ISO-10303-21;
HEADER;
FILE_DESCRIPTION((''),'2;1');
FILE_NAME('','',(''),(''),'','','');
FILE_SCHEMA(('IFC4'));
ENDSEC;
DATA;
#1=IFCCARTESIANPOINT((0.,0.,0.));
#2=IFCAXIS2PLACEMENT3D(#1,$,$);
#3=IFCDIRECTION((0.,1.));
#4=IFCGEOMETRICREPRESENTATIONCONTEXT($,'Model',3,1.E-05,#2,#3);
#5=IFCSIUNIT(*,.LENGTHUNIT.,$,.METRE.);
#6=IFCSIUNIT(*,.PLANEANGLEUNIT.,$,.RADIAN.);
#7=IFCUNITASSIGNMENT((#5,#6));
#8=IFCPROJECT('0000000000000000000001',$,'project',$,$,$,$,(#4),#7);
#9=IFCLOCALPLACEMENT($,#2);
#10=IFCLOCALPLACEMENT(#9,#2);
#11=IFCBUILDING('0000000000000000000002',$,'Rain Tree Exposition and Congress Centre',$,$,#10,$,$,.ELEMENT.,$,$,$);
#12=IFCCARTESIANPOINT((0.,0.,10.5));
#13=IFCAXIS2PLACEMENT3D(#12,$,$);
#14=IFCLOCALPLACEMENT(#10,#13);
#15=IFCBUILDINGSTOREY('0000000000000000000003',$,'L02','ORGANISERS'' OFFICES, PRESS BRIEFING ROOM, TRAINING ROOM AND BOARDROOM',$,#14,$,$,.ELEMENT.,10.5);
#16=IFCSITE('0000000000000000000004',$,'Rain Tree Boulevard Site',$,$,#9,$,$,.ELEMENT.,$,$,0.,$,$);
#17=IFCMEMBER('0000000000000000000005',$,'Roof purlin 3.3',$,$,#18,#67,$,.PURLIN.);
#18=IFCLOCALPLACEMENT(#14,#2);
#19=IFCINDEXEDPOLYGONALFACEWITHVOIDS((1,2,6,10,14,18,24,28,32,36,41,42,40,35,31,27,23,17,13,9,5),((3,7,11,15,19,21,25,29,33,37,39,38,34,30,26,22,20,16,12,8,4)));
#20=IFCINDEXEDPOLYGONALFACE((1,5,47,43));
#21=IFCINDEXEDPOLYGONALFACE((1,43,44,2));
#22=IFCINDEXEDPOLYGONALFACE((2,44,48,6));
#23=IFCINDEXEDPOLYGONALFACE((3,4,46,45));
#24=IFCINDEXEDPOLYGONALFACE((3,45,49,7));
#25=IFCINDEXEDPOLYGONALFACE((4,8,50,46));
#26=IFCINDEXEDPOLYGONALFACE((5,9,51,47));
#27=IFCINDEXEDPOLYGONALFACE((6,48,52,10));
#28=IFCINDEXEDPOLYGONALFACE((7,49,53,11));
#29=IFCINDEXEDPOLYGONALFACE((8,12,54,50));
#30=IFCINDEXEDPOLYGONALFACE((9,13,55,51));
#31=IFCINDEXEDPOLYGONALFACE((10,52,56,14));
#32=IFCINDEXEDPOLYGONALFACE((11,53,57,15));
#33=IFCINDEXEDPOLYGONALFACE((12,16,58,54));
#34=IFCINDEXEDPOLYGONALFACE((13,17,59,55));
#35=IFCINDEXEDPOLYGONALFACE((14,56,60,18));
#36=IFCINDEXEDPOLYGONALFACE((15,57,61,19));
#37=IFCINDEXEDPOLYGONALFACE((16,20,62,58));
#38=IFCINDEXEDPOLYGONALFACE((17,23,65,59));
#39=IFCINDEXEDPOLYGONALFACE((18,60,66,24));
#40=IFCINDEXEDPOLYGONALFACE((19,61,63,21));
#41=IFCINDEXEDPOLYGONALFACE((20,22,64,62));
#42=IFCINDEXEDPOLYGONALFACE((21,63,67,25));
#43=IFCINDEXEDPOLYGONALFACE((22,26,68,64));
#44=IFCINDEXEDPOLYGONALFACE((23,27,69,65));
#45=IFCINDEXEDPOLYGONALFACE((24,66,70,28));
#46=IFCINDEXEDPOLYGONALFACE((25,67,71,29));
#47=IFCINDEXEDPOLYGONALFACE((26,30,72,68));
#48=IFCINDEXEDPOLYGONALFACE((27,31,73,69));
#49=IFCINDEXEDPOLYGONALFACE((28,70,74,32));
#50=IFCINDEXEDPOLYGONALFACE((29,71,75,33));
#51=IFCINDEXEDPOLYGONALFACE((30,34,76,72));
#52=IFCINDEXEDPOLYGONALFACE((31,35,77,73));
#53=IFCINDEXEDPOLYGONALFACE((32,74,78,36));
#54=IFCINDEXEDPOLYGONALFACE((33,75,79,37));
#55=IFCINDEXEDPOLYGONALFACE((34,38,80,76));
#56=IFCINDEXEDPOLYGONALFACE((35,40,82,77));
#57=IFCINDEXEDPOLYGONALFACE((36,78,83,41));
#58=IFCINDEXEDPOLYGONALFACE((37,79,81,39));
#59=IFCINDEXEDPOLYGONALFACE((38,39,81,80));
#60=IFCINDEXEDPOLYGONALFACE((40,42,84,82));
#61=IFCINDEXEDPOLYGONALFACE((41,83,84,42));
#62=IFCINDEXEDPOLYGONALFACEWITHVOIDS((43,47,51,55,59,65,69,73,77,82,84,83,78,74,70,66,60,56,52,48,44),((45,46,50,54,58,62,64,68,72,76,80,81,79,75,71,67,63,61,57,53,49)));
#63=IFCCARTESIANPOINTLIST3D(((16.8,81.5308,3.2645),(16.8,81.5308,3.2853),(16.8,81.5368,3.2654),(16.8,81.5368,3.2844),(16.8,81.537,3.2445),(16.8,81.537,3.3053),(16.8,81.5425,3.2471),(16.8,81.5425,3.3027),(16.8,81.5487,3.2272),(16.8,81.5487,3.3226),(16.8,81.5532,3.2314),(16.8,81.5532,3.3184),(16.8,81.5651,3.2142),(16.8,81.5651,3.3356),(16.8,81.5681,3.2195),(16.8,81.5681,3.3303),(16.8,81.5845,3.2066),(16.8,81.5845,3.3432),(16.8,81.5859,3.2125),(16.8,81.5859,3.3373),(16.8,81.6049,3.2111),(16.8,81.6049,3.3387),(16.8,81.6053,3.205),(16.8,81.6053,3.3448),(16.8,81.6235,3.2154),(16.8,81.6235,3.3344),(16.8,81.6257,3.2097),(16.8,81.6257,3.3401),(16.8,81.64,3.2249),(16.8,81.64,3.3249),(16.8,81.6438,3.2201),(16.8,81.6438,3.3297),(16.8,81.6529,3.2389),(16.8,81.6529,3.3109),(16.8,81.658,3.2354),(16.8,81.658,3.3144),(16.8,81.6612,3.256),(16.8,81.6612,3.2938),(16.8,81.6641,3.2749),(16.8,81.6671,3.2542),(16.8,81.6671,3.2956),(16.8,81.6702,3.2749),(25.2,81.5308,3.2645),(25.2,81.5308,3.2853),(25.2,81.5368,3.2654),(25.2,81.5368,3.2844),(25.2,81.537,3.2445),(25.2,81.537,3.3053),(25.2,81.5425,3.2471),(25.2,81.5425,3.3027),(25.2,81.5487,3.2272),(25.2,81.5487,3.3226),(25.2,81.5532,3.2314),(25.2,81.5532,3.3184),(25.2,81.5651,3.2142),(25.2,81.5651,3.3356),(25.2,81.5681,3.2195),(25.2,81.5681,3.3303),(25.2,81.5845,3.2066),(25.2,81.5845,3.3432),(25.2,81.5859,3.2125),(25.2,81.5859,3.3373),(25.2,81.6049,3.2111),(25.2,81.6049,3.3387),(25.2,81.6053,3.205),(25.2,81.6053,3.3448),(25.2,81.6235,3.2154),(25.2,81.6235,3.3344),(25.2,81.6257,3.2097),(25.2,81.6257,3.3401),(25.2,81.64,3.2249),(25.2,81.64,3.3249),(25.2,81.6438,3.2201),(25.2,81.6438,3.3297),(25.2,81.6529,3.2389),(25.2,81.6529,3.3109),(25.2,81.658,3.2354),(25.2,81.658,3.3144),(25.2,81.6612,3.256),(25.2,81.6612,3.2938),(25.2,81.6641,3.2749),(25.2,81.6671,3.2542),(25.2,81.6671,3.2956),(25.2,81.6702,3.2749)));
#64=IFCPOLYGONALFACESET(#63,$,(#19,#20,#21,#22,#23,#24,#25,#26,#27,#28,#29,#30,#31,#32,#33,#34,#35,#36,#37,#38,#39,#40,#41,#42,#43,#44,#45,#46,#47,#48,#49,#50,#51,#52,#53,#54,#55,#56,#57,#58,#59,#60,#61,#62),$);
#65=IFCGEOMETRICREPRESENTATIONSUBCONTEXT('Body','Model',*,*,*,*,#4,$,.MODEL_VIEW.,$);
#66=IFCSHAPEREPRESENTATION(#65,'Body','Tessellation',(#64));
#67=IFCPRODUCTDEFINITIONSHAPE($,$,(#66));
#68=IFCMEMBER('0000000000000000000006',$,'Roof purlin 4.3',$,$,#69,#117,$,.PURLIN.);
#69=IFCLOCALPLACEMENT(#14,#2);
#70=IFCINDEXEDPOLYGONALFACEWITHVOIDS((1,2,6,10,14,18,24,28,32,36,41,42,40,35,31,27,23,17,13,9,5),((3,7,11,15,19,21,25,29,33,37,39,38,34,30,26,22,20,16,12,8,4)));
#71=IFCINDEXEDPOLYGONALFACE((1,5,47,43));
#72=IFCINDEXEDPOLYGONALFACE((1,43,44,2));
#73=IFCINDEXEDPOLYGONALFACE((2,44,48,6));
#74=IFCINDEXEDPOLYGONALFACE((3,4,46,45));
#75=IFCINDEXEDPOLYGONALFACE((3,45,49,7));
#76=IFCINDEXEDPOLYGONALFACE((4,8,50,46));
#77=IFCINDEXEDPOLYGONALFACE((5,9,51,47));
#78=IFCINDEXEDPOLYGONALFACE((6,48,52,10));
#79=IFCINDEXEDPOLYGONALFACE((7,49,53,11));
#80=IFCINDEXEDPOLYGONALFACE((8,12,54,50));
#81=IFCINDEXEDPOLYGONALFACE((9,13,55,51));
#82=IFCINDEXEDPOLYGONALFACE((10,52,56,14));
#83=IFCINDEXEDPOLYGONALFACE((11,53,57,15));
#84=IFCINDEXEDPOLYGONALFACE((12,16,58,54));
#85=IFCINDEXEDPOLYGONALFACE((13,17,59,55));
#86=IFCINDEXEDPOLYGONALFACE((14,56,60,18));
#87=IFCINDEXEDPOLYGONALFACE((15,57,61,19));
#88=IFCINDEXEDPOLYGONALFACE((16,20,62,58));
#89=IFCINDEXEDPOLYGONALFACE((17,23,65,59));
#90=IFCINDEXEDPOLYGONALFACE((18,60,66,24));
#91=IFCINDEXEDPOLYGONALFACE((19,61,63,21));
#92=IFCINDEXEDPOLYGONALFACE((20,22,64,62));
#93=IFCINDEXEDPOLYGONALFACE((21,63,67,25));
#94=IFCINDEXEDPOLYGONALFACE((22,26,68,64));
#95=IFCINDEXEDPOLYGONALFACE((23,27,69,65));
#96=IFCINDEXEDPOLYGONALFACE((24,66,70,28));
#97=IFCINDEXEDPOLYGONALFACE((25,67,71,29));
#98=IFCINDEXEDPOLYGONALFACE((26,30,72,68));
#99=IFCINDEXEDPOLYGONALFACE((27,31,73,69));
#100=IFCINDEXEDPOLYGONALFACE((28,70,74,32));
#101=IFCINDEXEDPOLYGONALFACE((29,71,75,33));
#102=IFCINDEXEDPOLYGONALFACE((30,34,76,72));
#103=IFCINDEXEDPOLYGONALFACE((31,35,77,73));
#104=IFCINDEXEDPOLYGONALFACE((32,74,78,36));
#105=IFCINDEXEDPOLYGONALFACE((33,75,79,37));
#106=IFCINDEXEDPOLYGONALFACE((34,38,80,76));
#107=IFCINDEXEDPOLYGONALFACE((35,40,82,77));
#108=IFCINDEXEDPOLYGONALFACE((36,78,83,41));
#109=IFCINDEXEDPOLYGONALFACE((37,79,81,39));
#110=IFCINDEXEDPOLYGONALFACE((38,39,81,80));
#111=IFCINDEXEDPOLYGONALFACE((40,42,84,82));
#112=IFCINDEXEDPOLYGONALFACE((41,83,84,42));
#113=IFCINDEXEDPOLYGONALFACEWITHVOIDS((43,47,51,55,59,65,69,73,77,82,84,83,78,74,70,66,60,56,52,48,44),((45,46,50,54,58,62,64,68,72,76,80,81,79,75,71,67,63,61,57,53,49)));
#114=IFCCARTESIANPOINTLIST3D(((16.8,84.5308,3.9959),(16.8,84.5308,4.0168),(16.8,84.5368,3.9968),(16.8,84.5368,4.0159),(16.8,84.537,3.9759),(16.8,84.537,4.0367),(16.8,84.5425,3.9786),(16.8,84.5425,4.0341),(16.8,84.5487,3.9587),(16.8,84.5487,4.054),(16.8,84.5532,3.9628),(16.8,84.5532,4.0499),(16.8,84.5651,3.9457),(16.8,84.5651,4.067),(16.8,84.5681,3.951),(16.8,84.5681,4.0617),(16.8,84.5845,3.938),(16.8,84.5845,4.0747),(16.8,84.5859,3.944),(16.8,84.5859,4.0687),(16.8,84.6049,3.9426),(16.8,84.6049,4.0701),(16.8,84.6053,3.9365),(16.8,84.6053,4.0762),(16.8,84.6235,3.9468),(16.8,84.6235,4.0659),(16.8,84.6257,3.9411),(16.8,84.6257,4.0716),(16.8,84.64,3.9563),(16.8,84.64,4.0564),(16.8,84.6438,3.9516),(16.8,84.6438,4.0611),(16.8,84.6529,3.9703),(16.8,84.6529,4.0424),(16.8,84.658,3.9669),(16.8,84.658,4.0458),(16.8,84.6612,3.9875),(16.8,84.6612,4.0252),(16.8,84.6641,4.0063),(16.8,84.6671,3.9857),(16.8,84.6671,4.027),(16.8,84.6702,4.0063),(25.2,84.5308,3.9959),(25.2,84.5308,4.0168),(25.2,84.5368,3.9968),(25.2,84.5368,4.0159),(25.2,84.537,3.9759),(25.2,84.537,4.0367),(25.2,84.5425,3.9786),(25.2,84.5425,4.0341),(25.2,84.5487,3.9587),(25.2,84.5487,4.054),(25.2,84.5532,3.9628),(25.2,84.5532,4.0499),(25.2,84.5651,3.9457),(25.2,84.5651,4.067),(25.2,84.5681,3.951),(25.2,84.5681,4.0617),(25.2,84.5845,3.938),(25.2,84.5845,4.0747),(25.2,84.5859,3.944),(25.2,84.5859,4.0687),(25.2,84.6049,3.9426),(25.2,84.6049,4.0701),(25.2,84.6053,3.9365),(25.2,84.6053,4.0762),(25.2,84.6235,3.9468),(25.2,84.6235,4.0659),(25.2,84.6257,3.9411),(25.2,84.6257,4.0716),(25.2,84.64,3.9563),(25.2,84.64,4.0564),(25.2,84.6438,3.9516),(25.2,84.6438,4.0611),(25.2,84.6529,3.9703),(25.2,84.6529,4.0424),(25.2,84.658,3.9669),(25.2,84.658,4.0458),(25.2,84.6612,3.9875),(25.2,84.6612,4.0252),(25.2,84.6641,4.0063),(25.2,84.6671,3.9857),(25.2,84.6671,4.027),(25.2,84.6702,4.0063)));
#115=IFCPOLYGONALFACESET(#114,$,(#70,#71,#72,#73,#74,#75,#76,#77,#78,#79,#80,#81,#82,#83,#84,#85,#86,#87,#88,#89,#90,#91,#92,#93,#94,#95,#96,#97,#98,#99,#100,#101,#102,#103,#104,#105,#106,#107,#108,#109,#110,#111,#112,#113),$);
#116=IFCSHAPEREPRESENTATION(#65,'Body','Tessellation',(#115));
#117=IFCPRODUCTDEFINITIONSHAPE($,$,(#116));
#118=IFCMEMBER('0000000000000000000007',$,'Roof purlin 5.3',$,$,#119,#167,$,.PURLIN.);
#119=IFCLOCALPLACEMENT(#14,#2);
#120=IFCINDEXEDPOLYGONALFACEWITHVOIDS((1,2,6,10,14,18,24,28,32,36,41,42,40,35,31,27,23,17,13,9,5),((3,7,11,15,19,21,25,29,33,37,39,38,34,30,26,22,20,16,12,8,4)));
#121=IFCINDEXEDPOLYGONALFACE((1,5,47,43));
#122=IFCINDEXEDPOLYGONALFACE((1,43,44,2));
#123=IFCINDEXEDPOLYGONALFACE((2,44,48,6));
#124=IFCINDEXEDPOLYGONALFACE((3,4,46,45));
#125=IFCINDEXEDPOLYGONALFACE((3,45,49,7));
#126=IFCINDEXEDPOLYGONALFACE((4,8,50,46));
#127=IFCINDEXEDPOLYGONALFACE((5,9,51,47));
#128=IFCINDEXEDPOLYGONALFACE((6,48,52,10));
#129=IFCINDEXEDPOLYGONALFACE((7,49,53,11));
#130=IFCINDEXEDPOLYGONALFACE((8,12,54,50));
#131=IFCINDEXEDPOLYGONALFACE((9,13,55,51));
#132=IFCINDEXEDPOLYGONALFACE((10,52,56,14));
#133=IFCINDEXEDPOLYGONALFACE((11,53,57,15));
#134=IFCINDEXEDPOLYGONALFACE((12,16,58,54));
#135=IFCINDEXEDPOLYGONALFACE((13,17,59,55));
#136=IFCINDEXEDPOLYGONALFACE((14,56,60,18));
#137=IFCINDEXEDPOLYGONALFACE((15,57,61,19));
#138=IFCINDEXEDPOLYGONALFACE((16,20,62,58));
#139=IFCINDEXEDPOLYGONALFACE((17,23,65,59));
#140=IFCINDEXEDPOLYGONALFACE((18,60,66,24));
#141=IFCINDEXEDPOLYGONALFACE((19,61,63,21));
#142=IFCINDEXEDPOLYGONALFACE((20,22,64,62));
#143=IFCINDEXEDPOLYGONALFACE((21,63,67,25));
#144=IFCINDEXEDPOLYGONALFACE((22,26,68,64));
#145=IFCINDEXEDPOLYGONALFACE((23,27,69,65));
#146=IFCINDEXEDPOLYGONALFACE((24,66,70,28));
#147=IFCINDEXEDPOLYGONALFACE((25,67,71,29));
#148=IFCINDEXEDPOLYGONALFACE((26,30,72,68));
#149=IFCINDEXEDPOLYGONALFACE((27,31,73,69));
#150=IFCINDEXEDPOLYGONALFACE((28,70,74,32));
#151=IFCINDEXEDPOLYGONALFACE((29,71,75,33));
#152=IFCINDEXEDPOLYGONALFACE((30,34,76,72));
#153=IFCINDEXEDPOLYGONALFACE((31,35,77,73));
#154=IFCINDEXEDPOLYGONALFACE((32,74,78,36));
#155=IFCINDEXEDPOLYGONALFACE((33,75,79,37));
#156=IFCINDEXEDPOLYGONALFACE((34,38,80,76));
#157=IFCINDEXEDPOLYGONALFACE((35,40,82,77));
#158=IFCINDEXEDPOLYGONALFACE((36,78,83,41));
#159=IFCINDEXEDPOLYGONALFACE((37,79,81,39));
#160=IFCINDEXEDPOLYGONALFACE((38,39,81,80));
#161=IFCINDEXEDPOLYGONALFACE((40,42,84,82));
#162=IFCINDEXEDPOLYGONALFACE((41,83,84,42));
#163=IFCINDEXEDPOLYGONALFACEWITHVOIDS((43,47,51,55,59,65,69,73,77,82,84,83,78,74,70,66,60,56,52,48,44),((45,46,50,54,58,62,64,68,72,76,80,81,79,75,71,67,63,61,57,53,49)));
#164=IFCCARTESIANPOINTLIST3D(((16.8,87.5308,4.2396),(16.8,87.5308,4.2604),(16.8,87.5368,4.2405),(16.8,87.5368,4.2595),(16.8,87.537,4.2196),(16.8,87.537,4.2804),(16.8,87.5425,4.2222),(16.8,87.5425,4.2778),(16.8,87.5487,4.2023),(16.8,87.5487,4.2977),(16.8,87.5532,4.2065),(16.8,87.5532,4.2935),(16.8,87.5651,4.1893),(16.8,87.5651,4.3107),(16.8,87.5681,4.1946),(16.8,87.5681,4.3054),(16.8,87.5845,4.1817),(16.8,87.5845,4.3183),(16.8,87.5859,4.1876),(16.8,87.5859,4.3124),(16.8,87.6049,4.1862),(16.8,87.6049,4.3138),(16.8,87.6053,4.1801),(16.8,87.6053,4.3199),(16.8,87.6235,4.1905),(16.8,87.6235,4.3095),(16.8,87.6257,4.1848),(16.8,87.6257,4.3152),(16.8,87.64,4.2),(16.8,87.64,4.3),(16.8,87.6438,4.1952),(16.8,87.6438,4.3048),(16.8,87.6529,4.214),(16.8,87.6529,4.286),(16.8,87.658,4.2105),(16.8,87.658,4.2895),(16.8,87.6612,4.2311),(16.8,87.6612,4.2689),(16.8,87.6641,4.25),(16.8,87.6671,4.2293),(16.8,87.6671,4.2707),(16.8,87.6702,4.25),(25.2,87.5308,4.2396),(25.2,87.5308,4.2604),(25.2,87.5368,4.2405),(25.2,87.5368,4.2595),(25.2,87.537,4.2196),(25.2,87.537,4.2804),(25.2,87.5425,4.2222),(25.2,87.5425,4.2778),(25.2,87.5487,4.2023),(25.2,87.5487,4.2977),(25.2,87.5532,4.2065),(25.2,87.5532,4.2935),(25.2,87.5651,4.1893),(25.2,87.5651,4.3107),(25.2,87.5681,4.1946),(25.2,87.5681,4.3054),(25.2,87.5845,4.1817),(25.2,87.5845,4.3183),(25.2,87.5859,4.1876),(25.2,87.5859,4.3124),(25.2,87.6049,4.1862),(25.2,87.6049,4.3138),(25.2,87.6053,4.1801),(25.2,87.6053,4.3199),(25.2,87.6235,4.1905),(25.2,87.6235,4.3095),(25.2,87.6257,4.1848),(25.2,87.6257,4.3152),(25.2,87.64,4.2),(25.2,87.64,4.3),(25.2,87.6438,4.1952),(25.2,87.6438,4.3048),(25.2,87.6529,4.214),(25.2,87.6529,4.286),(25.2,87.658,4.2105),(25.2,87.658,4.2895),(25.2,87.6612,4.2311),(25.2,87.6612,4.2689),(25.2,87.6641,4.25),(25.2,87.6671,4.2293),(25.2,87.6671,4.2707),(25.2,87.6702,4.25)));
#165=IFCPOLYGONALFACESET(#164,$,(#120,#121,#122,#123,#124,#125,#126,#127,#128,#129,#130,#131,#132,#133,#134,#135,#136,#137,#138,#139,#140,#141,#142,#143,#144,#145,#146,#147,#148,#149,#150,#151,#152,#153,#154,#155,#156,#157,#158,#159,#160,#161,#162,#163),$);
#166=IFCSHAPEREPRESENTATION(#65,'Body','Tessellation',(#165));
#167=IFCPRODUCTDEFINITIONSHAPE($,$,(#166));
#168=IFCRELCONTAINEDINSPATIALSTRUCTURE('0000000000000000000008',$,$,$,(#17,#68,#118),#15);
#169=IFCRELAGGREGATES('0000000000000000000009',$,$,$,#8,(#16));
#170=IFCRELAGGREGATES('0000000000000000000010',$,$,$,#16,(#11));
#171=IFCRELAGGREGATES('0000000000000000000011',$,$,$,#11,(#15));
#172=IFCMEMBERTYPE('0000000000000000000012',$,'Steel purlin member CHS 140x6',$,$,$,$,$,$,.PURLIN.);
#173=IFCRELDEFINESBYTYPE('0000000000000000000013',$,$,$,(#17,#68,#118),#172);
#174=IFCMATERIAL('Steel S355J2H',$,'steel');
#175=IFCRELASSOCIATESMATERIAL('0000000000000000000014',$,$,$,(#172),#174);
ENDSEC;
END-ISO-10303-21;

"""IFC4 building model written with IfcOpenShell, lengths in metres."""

from ifc_helpers import new_model, si_unit, direction, frame, origin, origin_2d, place, context, subcontext, project, spatial, hollow_circle, extrude, material, material_profile, profile_set, type_object, element, save


model = new_model("IFC4")

# Units and contexts
model_context = context("Model", 3, precision=1e-05, world=origin(), true_north=direction((0.0, 1.0)))
body_context = subcontext(model_context, "Body", "Model", "MODEL_VIEW")
ifc_project = project(units=[si_unit("LENGTHUNIT", "METRE"), si_unit("PLANEANGLEUNIT", "RADIAN")], contexts=[model_context])

# Site, building, storey
site_placement = place(None, origin())
site = spatial("IfcSite", under=ifc_project, at=site_placement, Name="Rain Tree Boulevard Site", CompositionType="ELEMENT", RefElevation=0.0)
building_placement = place(site_placement, origin())
building = spatial("IfcBuilding", under=site, at=building_placement, Name="Rain Tree Exposition and Congress Centre", CompositionType="ELEMENT")
storey_placement = place(building_placement, frame((0.0, 0.0, 10.5)))
storey = spatial("IfcBuildingStorey", under=building, at=storey_placement, Name="L02", Description="ORGANISERS' OFFICES, PRESS BRIEFING ROOM, TRAINING ROOM AND BOARDROOM", CompositionType="ELEMENT", Elevation=10.5)

# Members
ifc_material_1 = material(Name="Steel S355J2H", Category="steel")
ifc_material_profile_1 = material_profile(ifc_material_1, hollow_circle(Radius=0.0701, WallThickness=0.0061, at=origin_2d()), Name="CHS 140x6")
ifc_profile_set_1 = profile_set([ifc_material_profile_1], Name="Steel S355J2H")
member_type_1 = type_object("IfcMemberType", Name="Steel purlin member CHS 140x6", PredefinedType="PURLIN", material=ifc_profile_set_1)
for number, where, z_axis, x_axis, name in (
    (1, (16.8, 81.6001, 3.2749), (1.0, 0.0, 0.0), (0.0, 1.0, 0.0), "Roof purlin 3.3"),
    (2, (16.8, 84.6001, 4.0063), (1.0, 0.0, 0.0), (0.0, 1.0, 0.0), "Roof purlin 4.3"),
    (3, (16.8, 87.6001, 4.25), (1.0, 0.0, 0.0), (0.0, 1.0, 0.0), "Roof purlin 5.3"),
):
    element("IfcMember", number, at=place(storey_placement, frame(where, z_axis=z_axis, x_axis=x_axis)), inside=storey, type_object=member_type_1, Name=name, PredefinedType="PURLIN", context=body_context, shape_type="SweptSolid", body=[
        extrude(hollow_circle(Radius=0.0701, WallThickness=0.0061, at=origin_2d()), origin(), (0.0, 0.0, 1.0), 8.3999),
    ])

save(model, "model.ifc")
